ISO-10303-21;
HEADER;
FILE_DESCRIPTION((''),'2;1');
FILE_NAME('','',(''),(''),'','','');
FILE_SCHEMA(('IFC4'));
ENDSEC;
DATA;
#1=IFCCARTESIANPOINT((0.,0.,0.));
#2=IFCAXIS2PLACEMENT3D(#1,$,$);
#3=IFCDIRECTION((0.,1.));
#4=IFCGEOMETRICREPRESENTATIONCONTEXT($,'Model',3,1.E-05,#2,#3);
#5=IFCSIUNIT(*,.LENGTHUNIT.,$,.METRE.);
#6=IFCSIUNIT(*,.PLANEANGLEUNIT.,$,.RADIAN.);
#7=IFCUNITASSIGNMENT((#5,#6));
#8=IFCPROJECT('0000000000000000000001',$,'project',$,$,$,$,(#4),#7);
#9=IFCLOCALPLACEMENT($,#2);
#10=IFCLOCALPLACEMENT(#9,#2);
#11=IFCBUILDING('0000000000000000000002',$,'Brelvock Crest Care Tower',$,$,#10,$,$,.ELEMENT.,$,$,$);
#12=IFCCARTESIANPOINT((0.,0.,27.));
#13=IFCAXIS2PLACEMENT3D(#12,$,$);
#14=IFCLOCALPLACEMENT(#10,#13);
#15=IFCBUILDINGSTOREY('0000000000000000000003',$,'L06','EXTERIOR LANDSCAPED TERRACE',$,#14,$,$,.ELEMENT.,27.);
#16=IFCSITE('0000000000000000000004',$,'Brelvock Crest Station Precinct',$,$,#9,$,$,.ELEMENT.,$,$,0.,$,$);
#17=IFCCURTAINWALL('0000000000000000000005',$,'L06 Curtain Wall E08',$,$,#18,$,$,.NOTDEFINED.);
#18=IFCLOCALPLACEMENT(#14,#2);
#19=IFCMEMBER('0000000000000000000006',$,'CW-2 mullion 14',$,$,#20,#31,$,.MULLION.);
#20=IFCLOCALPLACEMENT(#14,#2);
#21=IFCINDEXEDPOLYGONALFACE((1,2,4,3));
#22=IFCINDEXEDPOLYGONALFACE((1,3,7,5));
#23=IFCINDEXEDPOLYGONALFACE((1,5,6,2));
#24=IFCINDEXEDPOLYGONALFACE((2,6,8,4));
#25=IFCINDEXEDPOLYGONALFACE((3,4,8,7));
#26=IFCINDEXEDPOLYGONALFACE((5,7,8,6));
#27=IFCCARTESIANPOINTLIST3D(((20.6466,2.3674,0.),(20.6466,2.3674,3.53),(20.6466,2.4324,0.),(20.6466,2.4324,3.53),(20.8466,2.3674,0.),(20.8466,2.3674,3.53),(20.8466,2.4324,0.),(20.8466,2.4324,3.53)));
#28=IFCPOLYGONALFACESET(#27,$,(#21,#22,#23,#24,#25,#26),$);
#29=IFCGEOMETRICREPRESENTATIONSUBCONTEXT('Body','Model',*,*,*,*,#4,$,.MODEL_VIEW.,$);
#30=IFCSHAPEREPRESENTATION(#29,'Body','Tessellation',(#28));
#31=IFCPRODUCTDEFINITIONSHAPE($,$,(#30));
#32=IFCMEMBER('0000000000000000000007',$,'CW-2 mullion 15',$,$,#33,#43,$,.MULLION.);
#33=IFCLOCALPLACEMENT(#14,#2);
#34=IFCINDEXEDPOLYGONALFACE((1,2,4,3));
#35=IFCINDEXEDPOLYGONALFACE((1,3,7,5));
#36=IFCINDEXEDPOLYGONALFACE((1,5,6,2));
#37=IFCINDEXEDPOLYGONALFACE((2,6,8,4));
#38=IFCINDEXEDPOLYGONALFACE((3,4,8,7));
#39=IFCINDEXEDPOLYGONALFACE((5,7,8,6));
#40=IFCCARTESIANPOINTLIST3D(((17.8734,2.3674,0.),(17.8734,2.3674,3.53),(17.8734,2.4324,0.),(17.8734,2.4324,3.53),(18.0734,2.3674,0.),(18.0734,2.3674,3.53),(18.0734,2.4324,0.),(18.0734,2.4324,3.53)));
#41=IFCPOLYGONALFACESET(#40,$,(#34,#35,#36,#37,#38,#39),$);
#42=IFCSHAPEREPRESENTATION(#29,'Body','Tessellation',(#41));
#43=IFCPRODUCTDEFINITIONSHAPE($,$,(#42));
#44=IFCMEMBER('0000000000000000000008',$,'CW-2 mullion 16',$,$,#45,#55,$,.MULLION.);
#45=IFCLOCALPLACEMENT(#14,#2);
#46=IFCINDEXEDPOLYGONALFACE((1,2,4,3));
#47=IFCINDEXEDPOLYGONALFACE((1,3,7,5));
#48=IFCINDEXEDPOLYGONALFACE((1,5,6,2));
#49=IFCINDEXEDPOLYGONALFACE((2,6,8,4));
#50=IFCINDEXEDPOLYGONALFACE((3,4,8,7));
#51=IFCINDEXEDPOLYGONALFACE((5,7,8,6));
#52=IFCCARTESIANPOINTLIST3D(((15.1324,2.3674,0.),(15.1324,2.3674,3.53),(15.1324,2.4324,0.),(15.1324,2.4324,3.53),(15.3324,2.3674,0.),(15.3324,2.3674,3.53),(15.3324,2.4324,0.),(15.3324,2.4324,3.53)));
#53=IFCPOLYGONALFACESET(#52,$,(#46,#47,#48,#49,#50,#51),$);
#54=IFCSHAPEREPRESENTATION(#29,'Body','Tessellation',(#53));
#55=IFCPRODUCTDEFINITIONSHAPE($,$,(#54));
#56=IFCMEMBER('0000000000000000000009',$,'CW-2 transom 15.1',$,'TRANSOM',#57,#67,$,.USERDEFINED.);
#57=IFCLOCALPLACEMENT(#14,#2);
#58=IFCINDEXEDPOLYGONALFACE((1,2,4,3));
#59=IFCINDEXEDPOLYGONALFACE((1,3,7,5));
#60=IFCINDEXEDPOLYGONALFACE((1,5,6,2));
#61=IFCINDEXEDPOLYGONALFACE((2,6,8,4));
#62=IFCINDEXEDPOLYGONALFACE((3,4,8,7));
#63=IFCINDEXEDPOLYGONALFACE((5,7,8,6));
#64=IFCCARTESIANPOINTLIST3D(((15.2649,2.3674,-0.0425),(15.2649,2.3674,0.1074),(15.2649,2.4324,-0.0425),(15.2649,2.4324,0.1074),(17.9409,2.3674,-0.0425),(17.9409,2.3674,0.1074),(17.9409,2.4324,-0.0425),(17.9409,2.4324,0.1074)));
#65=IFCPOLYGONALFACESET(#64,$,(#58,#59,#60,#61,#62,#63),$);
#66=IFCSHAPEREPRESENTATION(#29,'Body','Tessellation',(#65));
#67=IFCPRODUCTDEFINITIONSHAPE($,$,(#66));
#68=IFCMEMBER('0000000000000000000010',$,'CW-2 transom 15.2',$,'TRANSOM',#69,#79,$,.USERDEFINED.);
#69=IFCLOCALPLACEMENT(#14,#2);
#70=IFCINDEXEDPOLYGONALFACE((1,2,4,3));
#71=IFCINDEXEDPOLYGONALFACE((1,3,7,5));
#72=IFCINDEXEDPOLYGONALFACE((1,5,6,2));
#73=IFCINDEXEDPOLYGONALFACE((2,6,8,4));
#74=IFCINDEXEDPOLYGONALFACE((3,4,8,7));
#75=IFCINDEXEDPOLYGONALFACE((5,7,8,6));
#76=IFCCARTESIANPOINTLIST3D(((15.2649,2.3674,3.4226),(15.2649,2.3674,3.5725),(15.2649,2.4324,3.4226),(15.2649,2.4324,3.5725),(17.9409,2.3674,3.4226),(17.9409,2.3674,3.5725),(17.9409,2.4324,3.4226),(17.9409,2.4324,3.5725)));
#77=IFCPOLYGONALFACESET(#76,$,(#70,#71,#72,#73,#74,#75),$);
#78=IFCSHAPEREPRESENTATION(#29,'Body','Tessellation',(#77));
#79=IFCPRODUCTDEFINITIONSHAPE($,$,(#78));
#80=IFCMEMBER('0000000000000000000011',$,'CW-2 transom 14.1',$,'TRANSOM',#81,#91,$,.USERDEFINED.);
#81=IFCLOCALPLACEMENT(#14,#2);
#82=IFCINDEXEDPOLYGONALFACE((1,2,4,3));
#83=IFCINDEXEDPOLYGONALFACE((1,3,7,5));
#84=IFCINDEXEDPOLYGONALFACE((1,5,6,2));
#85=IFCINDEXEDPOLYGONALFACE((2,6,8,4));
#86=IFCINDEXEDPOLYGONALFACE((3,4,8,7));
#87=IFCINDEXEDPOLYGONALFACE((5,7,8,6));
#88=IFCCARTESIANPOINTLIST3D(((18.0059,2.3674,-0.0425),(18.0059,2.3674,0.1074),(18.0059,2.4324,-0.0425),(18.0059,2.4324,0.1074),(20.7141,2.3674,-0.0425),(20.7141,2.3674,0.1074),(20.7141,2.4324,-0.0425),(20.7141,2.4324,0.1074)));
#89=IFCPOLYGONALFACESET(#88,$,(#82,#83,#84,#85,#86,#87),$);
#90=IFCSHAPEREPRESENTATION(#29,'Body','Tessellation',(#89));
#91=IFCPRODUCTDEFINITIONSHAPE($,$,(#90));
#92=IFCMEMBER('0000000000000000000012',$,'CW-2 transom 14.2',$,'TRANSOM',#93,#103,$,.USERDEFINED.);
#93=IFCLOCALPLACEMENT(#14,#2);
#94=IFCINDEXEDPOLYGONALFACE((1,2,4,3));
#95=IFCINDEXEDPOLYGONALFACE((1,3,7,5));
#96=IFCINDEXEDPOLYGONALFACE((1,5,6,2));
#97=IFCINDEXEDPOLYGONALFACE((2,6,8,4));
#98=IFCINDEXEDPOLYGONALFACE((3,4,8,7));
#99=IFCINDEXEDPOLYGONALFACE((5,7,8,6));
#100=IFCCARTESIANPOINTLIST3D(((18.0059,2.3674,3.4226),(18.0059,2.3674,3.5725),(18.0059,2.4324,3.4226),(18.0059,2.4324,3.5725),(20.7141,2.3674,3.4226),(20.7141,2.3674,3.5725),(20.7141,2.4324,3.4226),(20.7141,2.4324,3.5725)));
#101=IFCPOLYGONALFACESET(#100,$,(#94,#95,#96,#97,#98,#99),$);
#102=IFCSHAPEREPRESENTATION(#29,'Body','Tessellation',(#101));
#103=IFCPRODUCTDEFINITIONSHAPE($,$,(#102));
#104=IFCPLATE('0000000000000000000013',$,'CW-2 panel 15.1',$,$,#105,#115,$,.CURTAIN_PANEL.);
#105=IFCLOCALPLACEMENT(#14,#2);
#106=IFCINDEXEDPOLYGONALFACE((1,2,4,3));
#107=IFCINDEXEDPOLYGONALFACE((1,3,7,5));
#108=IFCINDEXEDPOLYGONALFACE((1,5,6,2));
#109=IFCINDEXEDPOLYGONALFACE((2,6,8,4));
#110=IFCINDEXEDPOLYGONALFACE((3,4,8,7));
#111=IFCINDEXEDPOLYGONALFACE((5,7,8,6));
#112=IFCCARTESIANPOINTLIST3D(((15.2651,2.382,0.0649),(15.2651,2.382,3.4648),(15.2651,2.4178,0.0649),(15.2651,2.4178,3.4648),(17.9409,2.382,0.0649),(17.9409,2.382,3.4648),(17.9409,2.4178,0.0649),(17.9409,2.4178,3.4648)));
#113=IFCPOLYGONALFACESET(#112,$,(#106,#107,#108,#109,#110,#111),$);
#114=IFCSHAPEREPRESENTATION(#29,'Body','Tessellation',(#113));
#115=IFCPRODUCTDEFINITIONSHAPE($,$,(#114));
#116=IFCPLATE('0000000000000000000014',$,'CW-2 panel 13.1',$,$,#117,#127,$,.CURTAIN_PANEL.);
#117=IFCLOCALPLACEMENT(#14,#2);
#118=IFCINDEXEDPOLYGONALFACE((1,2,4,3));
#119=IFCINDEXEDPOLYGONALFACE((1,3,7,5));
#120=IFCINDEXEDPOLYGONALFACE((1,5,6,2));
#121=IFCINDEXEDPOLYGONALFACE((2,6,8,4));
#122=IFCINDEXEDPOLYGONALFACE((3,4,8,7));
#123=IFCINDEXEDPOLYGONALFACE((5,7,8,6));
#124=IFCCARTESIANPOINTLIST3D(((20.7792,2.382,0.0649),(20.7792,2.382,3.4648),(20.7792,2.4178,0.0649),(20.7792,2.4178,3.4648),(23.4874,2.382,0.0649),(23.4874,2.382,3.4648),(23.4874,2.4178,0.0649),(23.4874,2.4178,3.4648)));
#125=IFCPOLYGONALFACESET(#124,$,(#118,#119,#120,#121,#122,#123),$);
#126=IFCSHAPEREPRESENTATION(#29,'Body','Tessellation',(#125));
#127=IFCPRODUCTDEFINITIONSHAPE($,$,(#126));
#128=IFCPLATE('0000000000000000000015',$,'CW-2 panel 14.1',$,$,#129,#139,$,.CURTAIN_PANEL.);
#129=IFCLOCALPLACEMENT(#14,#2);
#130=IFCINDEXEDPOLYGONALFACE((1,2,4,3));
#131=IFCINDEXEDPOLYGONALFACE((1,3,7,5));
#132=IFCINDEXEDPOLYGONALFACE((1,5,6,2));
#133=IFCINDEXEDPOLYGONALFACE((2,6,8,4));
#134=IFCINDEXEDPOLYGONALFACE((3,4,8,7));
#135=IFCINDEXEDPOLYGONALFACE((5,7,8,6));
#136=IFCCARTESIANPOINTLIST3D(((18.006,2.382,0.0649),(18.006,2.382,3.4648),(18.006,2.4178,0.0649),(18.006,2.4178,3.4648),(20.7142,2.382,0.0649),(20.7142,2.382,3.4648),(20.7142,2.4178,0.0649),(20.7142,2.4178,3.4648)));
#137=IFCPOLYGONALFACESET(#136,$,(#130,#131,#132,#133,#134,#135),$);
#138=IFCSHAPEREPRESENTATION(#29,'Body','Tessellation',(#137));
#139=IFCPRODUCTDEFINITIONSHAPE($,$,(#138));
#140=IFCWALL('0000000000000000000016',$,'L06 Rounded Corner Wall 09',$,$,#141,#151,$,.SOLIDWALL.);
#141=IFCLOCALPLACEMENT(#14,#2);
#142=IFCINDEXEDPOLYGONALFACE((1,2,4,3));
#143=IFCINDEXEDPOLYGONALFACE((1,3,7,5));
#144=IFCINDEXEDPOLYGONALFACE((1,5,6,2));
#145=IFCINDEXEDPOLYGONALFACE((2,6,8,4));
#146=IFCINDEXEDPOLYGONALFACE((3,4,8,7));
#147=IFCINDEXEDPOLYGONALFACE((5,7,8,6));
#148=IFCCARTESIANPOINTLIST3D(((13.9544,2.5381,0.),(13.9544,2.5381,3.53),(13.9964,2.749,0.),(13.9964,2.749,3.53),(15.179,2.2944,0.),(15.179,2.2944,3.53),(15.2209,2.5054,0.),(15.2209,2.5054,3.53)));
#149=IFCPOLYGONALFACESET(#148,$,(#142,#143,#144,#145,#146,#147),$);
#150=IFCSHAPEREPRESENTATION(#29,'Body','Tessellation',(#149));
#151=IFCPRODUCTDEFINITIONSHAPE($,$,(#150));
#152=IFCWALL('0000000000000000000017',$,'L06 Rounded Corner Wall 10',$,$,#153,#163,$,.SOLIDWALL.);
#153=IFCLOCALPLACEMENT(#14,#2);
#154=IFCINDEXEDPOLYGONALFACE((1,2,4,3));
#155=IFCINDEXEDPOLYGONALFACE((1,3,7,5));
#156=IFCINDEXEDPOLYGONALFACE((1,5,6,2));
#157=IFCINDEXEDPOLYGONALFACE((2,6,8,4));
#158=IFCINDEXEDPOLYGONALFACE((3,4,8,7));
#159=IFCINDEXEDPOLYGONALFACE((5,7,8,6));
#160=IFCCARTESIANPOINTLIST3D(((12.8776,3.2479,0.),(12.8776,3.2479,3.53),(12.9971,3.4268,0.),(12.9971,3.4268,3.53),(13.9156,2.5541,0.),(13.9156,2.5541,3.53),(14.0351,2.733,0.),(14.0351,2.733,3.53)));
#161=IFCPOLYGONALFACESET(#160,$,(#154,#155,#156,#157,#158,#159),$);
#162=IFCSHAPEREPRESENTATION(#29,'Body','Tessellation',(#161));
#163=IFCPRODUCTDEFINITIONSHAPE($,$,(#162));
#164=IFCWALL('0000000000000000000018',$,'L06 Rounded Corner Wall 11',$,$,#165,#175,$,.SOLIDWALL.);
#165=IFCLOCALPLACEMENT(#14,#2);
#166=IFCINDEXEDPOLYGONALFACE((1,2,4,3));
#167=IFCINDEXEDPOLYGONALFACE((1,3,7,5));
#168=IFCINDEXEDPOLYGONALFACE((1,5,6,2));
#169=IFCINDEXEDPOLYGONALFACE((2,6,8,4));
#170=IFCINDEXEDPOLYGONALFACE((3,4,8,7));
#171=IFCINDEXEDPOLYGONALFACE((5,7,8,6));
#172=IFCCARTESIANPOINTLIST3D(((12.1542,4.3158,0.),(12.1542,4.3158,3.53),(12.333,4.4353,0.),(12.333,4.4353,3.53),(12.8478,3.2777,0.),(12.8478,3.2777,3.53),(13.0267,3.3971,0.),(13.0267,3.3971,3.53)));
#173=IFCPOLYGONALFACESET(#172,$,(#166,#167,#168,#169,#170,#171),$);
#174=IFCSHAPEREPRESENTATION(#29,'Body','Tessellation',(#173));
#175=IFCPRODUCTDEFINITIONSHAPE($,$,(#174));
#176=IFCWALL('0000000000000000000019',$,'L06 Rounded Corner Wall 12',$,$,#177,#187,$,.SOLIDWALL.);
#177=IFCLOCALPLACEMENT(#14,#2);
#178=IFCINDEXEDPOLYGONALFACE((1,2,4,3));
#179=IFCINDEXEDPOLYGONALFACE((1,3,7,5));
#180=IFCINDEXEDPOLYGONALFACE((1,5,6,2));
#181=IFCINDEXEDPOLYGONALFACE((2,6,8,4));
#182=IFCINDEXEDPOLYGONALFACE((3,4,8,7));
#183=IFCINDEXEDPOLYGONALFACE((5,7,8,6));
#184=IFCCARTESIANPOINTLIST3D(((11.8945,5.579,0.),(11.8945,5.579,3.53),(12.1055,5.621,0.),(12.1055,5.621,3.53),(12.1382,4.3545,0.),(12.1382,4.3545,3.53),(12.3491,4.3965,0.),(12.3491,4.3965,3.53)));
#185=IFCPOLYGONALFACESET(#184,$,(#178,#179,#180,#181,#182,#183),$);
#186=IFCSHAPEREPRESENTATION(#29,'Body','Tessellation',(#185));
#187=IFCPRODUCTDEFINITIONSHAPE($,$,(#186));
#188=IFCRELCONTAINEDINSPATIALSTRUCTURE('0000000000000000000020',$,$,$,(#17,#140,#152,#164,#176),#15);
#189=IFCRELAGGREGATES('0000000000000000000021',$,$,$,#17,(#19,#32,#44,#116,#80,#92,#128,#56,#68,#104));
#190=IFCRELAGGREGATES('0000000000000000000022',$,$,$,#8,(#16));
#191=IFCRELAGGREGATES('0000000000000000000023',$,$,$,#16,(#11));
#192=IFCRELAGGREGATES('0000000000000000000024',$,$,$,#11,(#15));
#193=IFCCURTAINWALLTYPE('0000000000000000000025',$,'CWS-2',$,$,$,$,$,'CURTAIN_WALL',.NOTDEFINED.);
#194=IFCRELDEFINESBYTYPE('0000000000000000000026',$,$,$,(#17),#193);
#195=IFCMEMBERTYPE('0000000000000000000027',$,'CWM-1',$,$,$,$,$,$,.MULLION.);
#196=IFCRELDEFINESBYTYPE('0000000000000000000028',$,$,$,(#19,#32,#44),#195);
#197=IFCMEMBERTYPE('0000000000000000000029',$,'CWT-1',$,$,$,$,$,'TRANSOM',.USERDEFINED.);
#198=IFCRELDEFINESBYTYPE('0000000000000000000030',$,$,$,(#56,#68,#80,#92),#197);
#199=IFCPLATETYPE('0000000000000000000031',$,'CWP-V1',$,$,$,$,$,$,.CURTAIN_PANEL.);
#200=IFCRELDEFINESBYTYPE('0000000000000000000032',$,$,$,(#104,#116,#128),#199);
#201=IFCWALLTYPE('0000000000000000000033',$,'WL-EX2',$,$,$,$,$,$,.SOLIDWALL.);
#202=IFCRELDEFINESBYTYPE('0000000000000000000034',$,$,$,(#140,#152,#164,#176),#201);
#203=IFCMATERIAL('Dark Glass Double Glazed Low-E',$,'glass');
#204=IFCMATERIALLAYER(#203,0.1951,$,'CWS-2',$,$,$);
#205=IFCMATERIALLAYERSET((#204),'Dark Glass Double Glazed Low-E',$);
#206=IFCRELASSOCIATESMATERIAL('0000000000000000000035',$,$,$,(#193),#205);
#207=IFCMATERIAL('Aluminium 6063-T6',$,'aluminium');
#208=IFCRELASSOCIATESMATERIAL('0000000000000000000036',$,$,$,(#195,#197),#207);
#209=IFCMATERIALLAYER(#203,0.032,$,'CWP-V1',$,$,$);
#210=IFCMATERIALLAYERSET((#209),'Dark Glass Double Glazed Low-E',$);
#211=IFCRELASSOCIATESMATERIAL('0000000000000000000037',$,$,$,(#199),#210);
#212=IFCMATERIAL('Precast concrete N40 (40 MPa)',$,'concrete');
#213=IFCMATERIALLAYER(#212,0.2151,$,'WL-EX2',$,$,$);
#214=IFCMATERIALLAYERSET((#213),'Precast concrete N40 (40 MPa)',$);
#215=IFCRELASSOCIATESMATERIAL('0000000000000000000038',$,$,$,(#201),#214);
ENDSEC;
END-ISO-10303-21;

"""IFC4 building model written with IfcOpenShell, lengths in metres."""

from ifc_helpers import new_model, si_unit, direction, frame, frame_2d, origin, origin_2d, place, context, subcontext, project, spatial, rectangle, extrude, source, transform, mapped, material, layer, layer_set, material_profile, profile_set, type_object, element, aggregate, save


model = new_model("IFC4")

# Units and contexts
model_context = context("Model", 3, precision=1e-05, world=origin(), true_north=direction((0.0, 1.0)))
body_context = subcontext(model_context, "Body", "Model", "MODEL_VIEW")
ifc_project = project(units=[si_unit("LENGTHUNIT", "METRE"), si_unit("PLANEANGLEUNIT", "RADIAN")], contexts=[model_context])

# Site, building, storey
site_placement = place(None, origin())
site = spatial("IfcSite", under=ifc_project, at=site_placement, Name="Brelvock Crest Station Precinct", CompositionType="ELEMENT", RefElevation=0.0)
building_placement = place(site_placement, origin())
building = spatial("IfcBuilding", under=site, at=building_placement, Name="Brelvock Crest Care Tower", CompositionType="ELEMENT")
storey_placement = place(building_placement, frame((0.0, 0.0, 27.0)))
storey = spatial("IfcBuildingStorey", under=building, at=storey_placement, Name="L06", Description="EXTERIOR LANDSCAPED TERRACE", CompositionType="ELEMENT", Elevation=27.0)

# Curtain wall, members, plates
ifc_material_1 = material(Name="Dark Glass Double Glazed Low-E", Category="glass")
ifc_layer_1 = layer(ifc_material_1, 0.1951, Name="CWS-2")
ifc_layer_set_1 = layer_set([ifc_layer_1], Name="Dark Glass Double Glazed Low-E")
curtain_wall_type = type_object("IfcCurtainWallType", Name="CWS-2", ElementType="CURTAIN_WALL", PredefinedType="NOTDEFINED", material=ifc_layer_set_1)
curtain_wall_placement = place(storey_placement, origin())
curtain_wall = element("IfcCurtainWall", 1, at=curtain_wall_placement, inside=storey, type_object=curtain_wall_type, Name="L06 Curtain Wall E08", PredefinedType="NOTDEFINED")
ifc_material_2 = material(Name="Aluminium 6063-T6", Category="aluminium")
ifc_material_profile_1 = material_profile(ifc_material_2, rectangle(XDim=0.0649, YDim=0.2, at=origin_2d()), Name="ALU65x200")
ifc_profile_set_1 = profile_set([ifc_material_profile_1], Name="Aluminium 6063-T6")
member_type_1 = type_object("IfcMemberType", Name="CWM-1", PredefinedType="MULLION", material=ifc_profile_set_1)
shared_shape_1 = source(origin(), body_context, "Body", "SweptSolid", [
    extrude(rectangle(XDim=0.0649, YDim=0.2, at=origin_2d()), origin(), (0.0, 0.0, 1.0), 3.53),
])
member_1_placement = place(storey_placement, frame((20.7466, 2.3999, 0.0), z_axis=(0.0, 0.0, 1.0), x_axis=(0.0, -1.0, 0.0)))
member_1 = element("IfcMember", 2, at=member_1_placement, type_object=member_type_1, Name="CW-2 mullion 14", PredefinedType="MULLION", context=body_context, shape_type="MappedRepresentation", body=[
    mapped(shared_shape_1, transform((0.0, 0.0, 0.0), x_axis=(1.0, 0.0, 0.0), y_axis=(0.0, 1.0, 0.0), z_axis=(0.0, 0.0, 1.0), scale=1.0)),
])
member_2_placement = place(storey_placement, frame((17.9734, 2.3999, 0.0), z_axis=(0.0, 0.0, 1.0), x_axis=(0.0, -1.0, 0.0)))
member_2 = element("IfcMember", 3, at=member_2_placement, type_object=member_type_1, Name="CW-2 mullion 15", PredefinedType="MULLION", context=body_context, shape_type="MappedRepresentation", body=[
    mapped(shared_shape_1, transform((0.0, 0.0, 0.0), x_axis=(1.0, 0.0, 0.0), y_axis=(0.0, 1.0, 0.0), z_axis=(0.0, 0.0, 1.0), scale=1.0)),
])
member_3_placement = place(storey_placement, frame((15.2324, 2.3999, 0.0), z_axis=(0.0, 0.0, 1.0), x_axis=(0.0, -1.0, 0.0)))
member_3 = element("IfcMember", 4, at=member_3_placement, type_object=member_type_1, Name="CW-2 mullion 16", PredefinedType="MULLION", context=body_context, shape_type="MappedRepresentation", body=[
    mapped(shared_shape_1, transform((0.0, 0.0, 0.0), x_axis=(1.0, 0.0, 0.0), y_axis=(0.0, 1.0, 0.0), z_axis=(0.0, 0.0, 1.0), scale=1.0)),
])
ifc_material_profile_2 = material_profile(ifc_material_2, rectangle(XDim=0.0649, YDim=0.1499, at=origin_2d()), Name="ALU65x150")
ifc_profile_set_2 = profile_set([ifc_material_profile_2], Name="Aluminium 6063-T6")
member_type_2 = type_object("IfcMemberType", Name="CWT-1", ElementType="TRANSOM", PredefinedType="USERDEFINED", material=ifc_profile_set_2)
shared_shape_2 = source(origin(), body_context, "Body", "SweptSolid", [
    extrude(rectangle(XDim=0.0649, YDim=0.1499, at=origin_2d()), origin(), (0.0, 0.0, 1.0), 2.676),
])
member_4_placement = place(storey_placement, frame((17.9409, 2.3999, 0.0325), z_axis=(-1.0, 0.0, 0.0), x_axis=(0.0, -1.0, 0.0)))
member_4 = element("IfcMember", 5, at=member_4_placement, type_object=member_type_2, Name="CW-2 transom 15.1", ObjectType="TRANSOM", PredefinedType="USERDEFINED", context=body_context, shape_type="MappedRepresentation", body=[
    mapped(shared_shape_2, transform((0.0, 0.0, 0.0), x_axis=(1.0, 0.0, 0.0), y_axis=(0.0, 1.0, 0.0), z_axis=(0.0, 0.0, 1.0), scale=1.0)),
])
member_5_placement = place(storey_placement, frame((17.9409, 2.3999, 3.4976), z_axis=(-1.0, 0.0, 0.0), x_axis=(0.0, -1.0, 0.0)))
member_5 = element("IfcMember", 6, at=member_5_placement, type_object=member_type_2, Name="CW-2 transom 15.2", ObjectType="TRANSOM", PredefinedType="USERDEFINED", context=body_context, shape_type="MappedRepresentation", body=[
    mapped(shared_shape_2, transform((0.0, 0.0, 0.0), x_axis=(1.0, 0.0, 0.0), y_axis=(0.0, 1.0, 0.0), z_axis=(0.0, 0.0, 1.0), scale=1.0)),
])
shared_shape_3 = source(origin(), body_context, "Body", "SweptSolid", [
    extrude(rectangle(XDim=0.0649, YDim=0.1499, at=origin_2d()), origin(), (0.0, 0.0, 1.0), 2.7083),
])
member_6_placement = place(storey_placement, frame((20.7141, 2.3999, 0.0325), z_axis=(-1.0, 0.0, 0.0), x_axis=(0.0, -1.0, 0.0)))
member_6 = element("IfcMember", 7, at=member_6_placement, type_object=member_type_2, Name="CW-2 transom 14.1", ObjectType="TRANSOM", PredefinedType="USERDEFINED", context=body_context, shape_type="MappedRepresentation", body=[
    mapped(shared_shape_3, transform((0.0, 0.0, 0.0), x_axis=(1.0, 0.0, 0.0), y_axis=(0.0, 1.0, 0.0), z_axis=(0.0, 0.0, 1.0), scale=1.0)),
])
member_7_placement = place(storey_placement, frame((20.7141, 2.3999, 3.4976), z_axis=(-1.0, 0.0, 0.0), x_axis=(0.0, -1.0, 0.0)))
member_7 = element("IfcMember", 8, at=member_7_placement, type_object=member_type_2, Name="CW-2 transom 14.2", ObjectType="TRANSOM", PredefinedType="USERDEFINED", context=body_context, shape_type="MappedRepresentation", body=[
    mapped(shared_shape_3, transform((0.0, 0.0, 0.0), x_axis=(1.0, 0.0, 0.0), y_axis=(0.0, 1.0, 0.0), z_axis=(0.0, 0.0, 1.0), scale=1.0)),
])
ifc_layer_2 = layer(ifc_material_1, 0.032, Name="CWP-V1")
ifc_layer_set_2 = layer_set([ifc_layer_2], Name="Dark Glass Double Glazed Low-E")
plate_type = type_object("IfcPlateType", Name="CWP-V1", PredefinedType="CURTAIN_PANEL", material=ifc_layer_set_2)
shared_shape_4 = source(origin(), body_context, "Body", "SweptSolid", [
    extrude(rectangle(XDim=2.6758, YDim=0.0359, at=origin_2d()), origin(), (0.0, 0.0, 1.0), 3.3999),
])
plate_1_placement = place(storey_placement, frame((16.603, 2.3999, 0.0649), z_axis=(0.0, 0.0, 1.0), x_axis=(-1.0, 0.0, 0.0)))
plate_1 = element("IfcPlate", 9, at=plate_1_placement, type_object=plate_type, Name="CW-2 panel 15.1", PredefinedType="CURTAIN_PANEL", context=body_context, shape_type="MappedRepresentation", body=[
    mapped(shared_shape_4, transform((0.0, 0.0, 0.0), x_axis=(1.0, 0.0, 0.0), y_axis=(0.0, 1.0, 0.0), z_axis=(0.0, 0.0, 1.0), scale=1.0)),
])
shared_shape_5 = source(origin(), body_context, "Body", "SweptSolid", [
    extrude(rectangle(XDim=2.7083, YDim=0.0359, at=origin_2d()), origin(), (0.0, 0.0, 1.0), 3.3999),
])
plate_2_placement = place(storey_placement, frame((22.1333, 2.3999, 0.0649), z_axis=(0.0, 0.0, 1.0), x_axis=(-1.0, 0.0, 0.0)))
plate_2 = element("IfcPlate", 10, at=plate_2_placement, type_object=plate_type, Name="CW-2 panel 13.1", PredefinedType="CURTAIN_PANEL", context=body_context, shape_type="MappedRepresentation", body=[
    mapped(shared_shape_5, transform((0.0, 0.0, 0.0), x_axis=(1.0, 0.0, 0.0), y_axis=(0.0, 1.0, 0.0), z_axis=(0.0, 0.0, 1.0), scale=1.0)),
])
plate_3_placement = place(storey_placement, frame((19.3601, 2.3999, 0.0649), z_axis=(0.0, 0.0, 1.0), x_axis=(-1.0, 0.0, 0.0)))
plate_3 = element("IfcPlate", 11, at=plate_3_placement, type_object=plate_type, Name="CW-2 panel 14.1", PredefinedType="CURTAIN_PANEL", context=body_context, shape_type="MappedRepresentation", body=[
    mapped(shared_shape_5, transform((0.0, 0.0, 0.0), x_axis=(1.0, 0.0, 0.0), y_axis=(0.0, 1.0, 0.0), z_axis=(0.0, 0.0, 1.0), scale=1.0)),
])
aggregate(curtain_wall, [member_1, member_2, member_3, plate_2, member_6, member_7, plate_3, member_4, member_5, plate_1])

# Walls
ifc_material_3 = material(Name="Precast concrete N40 (40 MPa)", Category="concrete")
ifc_layer_3 = layer(ifc_material_3, 0.2151, Name="WL-EX2")
ifc_layer_set_3 = layer_set([ifc_layer_3], Name="Precast concrete N40 (40 MPa)")
wall_type_1 = type_object("IfcWallType", Name="WL-EX2", PredefinedType="SOLIDWALL", material=ifc_layer_set_3)
for number, where, z_axis, x_axis, name in (
    (12, (15.2, 2.3999, 0.0), (0.0, 0.0, 1.0), (-0.980776, 0.195138, 0.0), "L06 Rounded Corner Wall 09"),
    (13, (13.9753, 2.6436, 0.0), (0.0, 0.0, 1.0), (-0.831388, 0.555692, 0.0), "L06 Rounded Corner Wall 10"),
    (14, (12.9373, 3.3374, 0.0), (0.0, 0.0, 1.0), (-0.555557, 0.831478, 0.0), "L06 Rounded Corner Wall 11"),
    (15, (12.2437, 4.3755, 0.0), (0.0, 0.0, 1.0), (-0.195138, 0.980776, 0.0), "L06 Rounded Corner Wall 12"),
):
    element("IfcWall", number, at=place(storey_placement, frame(where, z_axis=z_axis, x_axis=x_axis)), inside=storey, type_object=wall_type_1, Name=name, PredefinedType="SOLIDWALL", context=body_context, shape_type="SweptSolid", body=[
        extrude(rectangle(XDim=1.2485, YDim=0.2151, at=frame_2d((0.6243, 0.0))), origin(), (0.0, 0.0, 1.0), 3.53),
    ])

save(model, "model.ifc")
